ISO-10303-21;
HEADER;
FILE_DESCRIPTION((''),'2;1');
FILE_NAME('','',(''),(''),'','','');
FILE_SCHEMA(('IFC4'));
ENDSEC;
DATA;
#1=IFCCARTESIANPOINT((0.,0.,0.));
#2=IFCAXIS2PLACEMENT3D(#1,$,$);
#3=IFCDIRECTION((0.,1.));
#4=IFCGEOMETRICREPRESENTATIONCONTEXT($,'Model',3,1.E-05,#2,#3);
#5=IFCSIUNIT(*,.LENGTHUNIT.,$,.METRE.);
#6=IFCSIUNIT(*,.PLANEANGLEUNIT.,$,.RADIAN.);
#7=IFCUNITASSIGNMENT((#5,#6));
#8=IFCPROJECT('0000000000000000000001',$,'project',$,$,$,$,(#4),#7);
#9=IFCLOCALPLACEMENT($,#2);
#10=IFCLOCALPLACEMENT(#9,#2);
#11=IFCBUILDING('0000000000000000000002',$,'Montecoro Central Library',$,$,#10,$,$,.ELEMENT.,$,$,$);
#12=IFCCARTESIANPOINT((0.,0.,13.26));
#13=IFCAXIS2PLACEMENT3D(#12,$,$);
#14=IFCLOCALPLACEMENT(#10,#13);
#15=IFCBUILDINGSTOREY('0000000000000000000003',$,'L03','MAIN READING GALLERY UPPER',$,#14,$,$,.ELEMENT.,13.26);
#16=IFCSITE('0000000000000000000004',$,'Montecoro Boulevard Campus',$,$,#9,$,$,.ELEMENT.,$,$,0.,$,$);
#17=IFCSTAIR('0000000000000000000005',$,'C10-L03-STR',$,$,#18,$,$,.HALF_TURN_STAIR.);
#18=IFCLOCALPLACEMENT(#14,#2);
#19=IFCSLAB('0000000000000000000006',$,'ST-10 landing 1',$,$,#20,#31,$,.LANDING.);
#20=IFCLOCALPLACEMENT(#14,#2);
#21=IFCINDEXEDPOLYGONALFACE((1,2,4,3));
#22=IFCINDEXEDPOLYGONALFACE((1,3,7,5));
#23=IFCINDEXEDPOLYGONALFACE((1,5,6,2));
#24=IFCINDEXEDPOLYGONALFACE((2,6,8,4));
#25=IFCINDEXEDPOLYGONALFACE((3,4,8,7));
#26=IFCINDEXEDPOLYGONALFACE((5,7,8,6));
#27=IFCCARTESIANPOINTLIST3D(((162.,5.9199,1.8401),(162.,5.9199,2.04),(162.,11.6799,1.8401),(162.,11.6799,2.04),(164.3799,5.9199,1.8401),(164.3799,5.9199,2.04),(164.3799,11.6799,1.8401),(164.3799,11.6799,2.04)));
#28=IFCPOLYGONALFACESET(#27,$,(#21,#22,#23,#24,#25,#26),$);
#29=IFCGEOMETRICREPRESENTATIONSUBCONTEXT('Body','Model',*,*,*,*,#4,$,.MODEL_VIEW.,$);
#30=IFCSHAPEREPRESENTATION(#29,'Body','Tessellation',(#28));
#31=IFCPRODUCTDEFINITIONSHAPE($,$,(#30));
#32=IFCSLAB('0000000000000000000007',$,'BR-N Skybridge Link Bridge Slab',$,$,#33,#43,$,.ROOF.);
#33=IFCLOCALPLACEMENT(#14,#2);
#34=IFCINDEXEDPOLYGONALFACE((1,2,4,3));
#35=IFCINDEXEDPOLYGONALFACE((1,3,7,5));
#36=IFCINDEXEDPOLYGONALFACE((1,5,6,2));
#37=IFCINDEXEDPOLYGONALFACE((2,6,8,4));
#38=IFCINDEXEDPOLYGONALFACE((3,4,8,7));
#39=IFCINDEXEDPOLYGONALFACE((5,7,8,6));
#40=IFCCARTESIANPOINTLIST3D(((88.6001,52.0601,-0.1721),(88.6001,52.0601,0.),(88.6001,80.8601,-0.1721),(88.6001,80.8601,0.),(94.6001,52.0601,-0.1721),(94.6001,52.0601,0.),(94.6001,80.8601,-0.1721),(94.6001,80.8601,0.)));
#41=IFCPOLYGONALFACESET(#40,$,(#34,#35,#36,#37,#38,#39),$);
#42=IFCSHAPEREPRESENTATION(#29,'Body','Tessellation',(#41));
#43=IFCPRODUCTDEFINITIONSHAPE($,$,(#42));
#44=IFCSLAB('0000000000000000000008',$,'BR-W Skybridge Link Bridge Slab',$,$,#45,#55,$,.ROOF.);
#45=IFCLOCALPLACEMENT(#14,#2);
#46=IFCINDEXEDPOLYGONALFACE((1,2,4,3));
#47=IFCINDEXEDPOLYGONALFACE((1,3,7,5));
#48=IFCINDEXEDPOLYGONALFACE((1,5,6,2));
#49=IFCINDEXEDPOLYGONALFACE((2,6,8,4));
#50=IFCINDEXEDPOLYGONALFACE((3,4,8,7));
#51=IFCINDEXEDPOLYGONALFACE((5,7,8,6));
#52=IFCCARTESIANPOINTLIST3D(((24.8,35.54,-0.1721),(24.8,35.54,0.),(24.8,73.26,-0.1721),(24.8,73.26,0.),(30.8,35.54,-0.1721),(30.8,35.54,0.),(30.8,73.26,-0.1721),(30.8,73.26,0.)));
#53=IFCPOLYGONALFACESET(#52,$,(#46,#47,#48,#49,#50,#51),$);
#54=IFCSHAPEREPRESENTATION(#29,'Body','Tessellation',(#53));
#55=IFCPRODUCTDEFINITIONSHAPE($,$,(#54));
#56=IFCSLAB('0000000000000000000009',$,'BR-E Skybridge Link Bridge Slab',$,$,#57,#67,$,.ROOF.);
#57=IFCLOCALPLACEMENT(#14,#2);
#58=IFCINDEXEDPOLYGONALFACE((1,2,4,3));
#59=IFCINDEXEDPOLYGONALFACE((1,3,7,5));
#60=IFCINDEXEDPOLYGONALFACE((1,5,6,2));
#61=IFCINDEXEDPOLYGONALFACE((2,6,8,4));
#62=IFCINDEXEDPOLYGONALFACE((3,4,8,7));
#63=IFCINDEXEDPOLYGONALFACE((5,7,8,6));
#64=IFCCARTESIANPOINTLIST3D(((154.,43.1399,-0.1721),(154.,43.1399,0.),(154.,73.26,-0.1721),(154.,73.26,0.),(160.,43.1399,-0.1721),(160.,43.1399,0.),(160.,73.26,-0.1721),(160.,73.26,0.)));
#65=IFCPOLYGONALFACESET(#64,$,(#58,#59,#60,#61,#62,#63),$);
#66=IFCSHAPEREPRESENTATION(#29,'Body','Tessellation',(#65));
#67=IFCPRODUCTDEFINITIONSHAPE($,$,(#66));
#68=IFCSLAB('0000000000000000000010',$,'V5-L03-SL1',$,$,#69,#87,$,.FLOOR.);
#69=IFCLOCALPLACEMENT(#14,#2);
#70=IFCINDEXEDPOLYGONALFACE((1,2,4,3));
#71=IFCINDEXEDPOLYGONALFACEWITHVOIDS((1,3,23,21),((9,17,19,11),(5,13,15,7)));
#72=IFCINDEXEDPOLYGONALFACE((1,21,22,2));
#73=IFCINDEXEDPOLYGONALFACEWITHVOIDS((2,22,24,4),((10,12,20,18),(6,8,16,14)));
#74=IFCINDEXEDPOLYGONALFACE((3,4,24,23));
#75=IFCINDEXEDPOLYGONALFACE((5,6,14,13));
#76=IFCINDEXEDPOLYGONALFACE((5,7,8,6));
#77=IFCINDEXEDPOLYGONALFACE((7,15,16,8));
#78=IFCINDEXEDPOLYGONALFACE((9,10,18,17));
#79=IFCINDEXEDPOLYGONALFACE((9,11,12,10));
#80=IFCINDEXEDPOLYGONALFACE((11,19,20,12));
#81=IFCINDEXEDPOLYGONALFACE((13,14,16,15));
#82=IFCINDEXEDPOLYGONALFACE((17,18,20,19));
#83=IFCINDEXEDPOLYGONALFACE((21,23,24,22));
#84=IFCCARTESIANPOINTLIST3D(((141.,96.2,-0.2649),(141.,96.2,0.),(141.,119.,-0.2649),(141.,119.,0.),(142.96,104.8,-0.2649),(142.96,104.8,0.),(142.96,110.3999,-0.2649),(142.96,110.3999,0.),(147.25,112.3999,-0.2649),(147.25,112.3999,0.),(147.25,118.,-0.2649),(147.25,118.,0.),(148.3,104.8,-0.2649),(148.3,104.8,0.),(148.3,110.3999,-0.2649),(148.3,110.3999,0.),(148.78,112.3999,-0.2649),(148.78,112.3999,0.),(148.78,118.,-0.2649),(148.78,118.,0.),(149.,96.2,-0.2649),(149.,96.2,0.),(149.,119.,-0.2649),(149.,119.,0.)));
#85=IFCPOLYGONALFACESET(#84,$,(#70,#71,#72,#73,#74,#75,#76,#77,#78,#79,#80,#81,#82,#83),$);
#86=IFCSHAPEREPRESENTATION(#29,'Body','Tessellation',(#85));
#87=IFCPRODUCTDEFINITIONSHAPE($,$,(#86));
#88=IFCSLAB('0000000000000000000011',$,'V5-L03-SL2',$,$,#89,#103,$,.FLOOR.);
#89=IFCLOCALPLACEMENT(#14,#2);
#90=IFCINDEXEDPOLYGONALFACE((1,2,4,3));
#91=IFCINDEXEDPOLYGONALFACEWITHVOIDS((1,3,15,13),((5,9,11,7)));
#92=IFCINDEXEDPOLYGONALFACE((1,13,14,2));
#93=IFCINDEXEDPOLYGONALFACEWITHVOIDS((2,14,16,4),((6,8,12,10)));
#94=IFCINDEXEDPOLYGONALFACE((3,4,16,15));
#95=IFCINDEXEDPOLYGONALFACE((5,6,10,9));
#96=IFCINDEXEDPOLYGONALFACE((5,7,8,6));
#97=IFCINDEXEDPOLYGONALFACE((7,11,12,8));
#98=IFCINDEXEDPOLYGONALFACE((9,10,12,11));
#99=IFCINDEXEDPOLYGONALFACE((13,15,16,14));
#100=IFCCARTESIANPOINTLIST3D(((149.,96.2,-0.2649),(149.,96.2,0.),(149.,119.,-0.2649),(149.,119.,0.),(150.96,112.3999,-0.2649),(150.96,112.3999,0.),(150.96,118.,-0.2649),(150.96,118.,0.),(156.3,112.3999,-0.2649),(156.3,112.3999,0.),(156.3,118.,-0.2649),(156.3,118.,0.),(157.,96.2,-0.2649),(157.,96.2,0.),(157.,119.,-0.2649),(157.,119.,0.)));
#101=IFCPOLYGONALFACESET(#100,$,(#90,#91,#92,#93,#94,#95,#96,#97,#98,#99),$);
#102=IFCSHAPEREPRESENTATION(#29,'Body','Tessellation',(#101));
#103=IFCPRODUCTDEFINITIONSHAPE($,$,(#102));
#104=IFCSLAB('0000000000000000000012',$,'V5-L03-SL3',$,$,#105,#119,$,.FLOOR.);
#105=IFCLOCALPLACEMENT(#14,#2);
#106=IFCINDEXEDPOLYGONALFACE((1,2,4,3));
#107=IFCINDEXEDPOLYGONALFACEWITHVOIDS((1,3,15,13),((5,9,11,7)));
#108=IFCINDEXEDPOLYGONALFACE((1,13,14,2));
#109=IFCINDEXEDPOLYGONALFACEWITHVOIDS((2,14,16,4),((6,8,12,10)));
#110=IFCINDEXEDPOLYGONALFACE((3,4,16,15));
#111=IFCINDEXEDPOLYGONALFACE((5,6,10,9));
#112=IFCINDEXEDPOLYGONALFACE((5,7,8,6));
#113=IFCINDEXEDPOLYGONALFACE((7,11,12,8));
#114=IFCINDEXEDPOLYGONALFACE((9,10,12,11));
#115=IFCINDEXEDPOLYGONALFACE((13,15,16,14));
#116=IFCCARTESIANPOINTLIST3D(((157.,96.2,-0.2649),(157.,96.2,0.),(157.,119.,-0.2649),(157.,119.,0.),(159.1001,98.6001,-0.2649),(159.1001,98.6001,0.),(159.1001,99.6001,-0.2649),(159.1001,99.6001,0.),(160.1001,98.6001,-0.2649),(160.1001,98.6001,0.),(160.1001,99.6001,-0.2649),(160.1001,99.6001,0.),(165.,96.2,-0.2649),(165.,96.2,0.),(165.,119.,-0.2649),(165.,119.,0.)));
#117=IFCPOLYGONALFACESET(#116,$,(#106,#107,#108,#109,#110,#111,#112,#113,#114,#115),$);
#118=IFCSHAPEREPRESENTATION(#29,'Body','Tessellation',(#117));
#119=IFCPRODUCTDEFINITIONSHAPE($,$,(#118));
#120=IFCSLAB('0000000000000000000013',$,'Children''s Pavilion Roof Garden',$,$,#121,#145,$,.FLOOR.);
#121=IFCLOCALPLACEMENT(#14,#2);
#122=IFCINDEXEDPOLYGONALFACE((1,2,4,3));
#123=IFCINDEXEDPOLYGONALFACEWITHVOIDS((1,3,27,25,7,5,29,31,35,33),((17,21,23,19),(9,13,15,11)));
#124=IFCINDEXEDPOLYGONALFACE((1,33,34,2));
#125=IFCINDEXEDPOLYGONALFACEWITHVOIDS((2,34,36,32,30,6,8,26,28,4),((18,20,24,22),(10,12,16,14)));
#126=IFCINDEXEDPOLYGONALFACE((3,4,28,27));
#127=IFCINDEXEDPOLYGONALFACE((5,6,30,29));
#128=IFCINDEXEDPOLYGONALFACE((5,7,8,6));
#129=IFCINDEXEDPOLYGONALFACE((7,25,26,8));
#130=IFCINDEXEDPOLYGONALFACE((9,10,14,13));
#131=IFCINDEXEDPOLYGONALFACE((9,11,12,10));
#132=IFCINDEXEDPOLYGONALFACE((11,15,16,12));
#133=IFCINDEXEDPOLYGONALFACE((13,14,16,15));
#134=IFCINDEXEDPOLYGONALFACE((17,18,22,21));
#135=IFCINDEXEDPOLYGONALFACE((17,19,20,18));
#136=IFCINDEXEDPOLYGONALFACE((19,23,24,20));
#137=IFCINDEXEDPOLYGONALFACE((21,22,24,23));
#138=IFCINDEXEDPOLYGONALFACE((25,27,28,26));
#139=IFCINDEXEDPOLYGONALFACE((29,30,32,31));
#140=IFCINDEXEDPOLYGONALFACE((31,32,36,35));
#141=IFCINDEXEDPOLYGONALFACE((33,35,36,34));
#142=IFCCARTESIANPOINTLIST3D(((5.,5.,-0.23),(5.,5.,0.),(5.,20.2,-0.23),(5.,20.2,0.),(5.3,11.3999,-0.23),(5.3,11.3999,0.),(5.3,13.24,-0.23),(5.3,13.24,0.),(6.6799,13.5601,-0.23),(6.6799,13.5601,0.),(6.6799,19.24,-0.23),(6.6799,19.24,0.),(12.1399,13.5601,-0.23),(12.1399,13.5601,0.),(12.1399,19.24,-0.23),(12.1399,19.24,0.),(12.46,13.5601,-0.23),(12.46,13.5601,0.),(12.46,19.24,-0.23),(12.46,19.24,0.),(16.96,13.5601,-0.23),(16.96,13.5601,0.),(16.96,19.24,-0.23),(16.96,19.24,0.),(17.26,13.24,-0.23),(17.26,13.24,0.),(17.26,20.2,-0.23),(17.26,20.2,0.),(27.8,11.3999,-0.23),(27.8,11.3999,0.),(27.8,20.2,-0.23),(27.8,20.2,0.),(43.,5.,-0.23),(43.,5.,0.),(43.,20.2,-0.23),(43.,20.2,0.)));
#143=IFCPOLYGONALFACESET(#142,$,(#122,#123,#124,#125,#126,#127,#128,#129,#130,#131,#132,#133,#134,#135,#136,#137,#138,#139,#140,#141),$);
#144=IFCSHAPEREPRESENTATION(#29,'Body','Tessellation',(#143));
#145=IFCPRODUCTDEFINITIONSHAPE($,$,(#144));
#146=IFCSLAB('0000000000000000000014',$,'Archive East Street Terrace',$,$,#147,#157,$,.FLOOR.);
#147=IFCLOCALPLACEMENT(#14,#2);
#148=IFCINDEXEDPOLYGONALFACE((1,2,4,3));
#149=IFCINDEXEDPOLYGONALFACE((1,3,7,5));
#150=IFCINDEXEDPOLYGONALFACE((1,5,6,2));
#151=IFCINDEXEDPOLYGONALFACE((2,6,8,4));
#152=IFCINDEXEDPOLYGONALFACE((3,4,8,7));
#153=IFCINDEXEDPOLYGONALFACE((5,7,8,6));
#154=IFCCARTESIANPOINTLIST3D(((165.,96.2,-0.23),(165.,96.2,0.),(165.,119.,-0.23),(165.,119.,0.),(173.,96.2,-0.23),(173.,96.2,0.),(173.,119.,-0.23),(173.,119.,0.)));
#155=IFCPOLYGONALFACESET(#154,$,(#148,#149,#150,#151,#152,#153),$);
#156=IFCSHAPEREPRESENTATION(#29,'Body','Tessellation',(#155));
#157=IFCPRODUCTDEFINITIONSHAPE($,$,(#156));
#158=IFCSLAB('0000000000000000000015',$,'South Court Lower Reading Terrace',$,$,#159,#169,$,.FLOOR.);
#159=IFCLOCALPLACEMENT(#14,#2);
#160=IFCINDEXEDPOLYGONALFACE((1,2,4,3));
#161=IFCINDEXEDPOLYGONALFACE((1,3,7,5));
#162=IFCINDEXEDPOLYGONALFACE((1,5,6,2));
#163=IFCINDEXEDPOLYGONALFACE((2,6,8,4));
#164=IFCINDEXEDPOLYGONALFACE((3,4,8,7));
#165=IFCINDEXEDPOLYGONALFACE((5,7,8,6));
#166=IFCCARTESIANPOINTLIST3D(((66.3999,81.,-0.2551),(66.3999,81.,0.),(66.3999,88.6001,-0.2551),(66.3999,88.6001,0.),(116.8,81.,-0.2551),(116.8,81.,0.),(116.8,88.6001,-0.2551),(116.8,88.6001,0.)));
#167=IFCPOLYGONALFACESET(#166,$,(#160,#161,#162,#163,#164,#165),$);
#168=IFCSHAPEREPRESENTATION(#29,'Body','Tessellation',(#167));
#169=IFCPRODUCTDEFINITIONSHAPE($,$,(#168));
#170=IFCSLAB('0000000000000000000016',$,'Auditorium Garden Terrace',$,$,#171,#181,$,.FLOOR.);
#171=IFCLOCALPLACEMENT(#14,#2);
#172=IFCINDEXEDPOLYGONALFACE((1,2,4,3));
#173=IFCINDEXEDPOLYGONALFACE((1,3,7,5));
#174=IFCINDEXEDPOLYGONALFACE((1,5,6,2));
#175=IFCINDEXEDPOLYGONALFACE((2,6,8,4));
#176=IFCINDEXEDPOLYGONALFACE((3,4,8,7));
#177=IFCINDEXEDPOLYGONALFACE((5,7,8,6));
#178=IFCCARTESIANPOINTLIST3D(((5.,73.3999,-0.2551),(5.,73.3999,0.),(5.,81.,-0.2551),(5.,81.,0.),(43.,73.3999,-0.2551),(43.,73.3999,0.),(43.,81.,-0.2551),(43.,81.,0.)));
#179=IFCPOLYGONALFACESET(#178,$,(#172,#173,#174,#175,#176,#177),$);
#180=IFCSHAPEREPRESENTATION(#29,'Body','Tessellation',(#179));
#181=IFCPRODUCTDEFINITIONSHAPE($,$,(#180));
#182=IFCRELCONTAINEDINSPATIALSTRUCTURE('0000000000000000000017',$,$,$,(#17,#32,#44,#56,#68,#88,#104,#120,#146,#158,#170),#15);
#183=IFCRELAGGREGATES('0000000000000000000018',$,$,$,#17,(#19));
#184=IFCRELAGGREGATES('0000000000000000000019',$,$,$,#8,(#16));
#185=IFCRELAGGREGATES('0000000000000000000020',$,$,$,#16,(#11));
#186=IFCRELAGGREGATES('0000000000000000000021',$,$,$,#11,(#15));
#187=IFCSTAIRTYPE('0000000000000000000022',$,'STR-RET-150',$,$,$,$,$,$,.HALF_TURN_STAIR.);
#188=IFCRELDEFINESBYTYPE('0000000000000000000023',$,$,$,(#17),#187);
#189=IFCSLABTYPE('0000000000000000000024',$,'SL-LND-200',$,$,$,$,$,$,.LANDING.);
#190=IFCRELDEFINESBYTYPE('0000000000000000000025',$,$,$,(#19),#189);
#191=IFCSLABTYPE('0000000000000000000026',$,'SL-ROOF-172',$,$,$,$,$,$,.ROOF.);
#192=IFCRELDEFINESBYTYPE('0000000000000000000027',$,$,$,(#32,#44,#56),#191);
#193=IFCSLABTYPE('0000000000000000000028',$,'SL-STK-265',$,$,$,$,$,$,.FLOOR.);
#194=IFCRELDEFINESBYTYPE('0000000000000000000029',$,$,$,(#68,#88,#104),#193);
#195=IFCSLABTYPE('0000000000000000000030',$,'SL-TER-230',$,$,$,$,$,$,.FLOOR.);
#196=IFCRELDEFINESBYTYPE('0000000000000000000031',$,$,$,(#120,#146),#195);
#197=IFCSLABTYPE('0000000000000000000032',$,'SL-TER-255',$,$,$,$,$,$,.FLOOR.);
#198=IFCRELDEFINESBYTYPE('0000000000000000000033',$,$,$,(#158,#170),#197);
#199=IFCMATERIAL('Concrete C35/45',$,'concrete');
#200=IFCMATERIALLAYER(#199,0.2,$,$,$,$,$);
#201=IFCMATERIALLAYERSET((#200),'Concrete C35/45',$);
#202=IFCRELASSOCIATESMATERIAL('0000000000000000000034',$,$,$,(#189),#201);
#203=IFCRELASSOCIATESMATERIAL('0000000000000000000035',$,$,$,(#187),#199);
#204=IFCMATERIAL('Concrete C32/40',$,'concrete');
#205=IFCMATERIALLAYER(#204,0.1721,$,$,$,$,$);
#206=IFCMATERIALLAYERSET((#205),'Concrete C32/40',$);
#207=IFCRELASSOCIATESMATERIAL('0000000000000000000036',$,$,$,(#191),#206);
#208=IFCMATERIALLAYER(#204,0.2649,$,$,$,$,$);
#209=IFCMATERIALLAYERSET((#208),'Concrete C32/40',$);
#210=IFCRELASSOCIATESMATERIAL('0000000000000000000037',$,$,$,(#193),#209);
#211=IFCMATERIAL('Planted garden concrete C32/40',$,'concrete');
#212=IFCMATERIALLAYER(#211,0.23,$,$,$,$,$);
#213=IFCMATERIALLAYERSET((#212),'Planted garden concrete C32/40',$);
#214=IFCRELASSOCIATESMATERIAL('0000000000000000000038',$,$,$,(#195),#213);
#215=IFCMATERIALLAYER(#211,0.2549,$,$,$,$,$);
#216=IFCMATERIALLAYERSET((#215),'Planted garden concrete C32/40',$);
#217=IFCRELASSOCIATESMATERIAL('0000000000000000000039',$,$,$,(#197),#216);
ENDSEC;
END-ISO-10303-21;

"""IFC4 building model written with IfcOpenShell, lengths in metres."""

from ifc_helpers import new_model, si_unit, direction, frame, origin, place, context, subcontext, project, spatial, polyline, outline, extrude, material, layer, layer_set, type_object, element, aggregate, save


model = new_model("IFC4")

# Units and contexts
model_context = context("Model", 3, precision=1e-05, world=origin(), true_north=direction((0.0, 1.0)))
body_context = subcontext(model_context, "Body", "Model", "MODEL_VIEW")
ifc_project = project(units=[si_unit("LENGTHUNIT", "METRE"), si_unit("PLANEANGLEUNIT", "RADIAN")], contexts=[model_context])

# Site, building, storey
site_placement = place(None, origin())
site = spatial("IfcSite", under=ifc_project, at=site_placement, Name="Montecoro Boulevard Campus", CompositionType="ELEMENT", RefElevation=0.0)
building_placement = place(site_placement, origin())
building = spatial("IfcBuilding", under=site, at=building_placement, Name="Montecoro Central Library", CompositionType="ELEMENT")
storey_placement = place(building_placement, frame((0.0, 0.0, 13.26)))
storey = spatial("IfcBuildingStorey", under=building, at=storey_placement, Name="L03", Description="MAIN READING GALLERY UPPER", CompositionType="ELEMENT", Elevation=13.26)

# Shared definitions
ifc_material_1 = material(Name="Concrete C32/40", Category="concrete")

# Stair, slab
ifc_material_2 = material(Name="Concrete C35/45", Category="concrete")
ifc_layer_1 = layer(ifc_material_2, 0.2)
ifc_layer_set_1 = layer_set([ifc_layer_1], Name="Concrete C35/45")
slab_type_1 = type_object("IfcSlabType", Name="SL-LND-200", PredefinedType="LANDING", material=ifc_layer_set_1)
stair_type_1 = type_object("IfcStairType", Name="STR-RET-150", PredefinedType="HALF_TURN_STAIR", material=ifc_material_2)
stair_1_placement = place(storey_placement, origin())
stair_1 = element("IfcStair", 1, at=stair_1_placement, inside=storey, type_object=stair_type_1, Name="C10-L03-STR", PredefinedType="HALF_TURN_STAIR")
slab_1_placement = place(storey_placement, frame((0.0, 0.0, 1.8401)))
slab_1 = element("IfcSlab", 2, at=slab_1_placement, type_object=slab_type_1, Name="ST-10 landing 1", PredefinedType="LANDING", context=body_context, shape_type="SweptSolid", body=[
    extrude(outline(polyline([(162.0, 5.9199), (164.3799, 5.9199), (164.3799, 11.6799), (162.0, 11.6799), (162.0, 5.9199)])), origin(), (0.0, 0.0, 1.0), 0.2),
])
aggregate(stair_1, [slab_1])

# Slabs
ifc_layer_2 = layer(ifc_material_1, 0.1721)
ifc_layer_set_2 = layer_set([ifc_layer_2], Name="Concrete C32/40")
slab_type_2 = type_object("IfcSlabType", Name="SL-ROOF-172", PredefinedType="ROOF", material=ifc_layer_set_2)
slab_2_placement = place(storey_placement, frame((0.0, 0.0, -0.1721)))
element("IfcSlab", 3, at=slab_2_placement, inside=storey, type_object=slab_type_2, Name="BR-N Skybridge Link Bridge Slab", PredefinedType="ROOF", context=body_context, shape_type="SweptSolid", body=[
    extrude(outline(polyline([(88.6001, 52.0601), (94.6001, 52.0601), (94.6001, 80.8601), (88.6001, 80.8601), (88.6001, 52.0601)])), origin(), (0.0, 0.0, 1.0), 0.1721),
])
slab_3_placement = place(storey_placement, frame((0.0, 0.0, -0.1721)))
element("IfcSlab", 4, at=slab_3_placement, inside=storey, type_object=slab_type_2, Name="BR-W Skybridge Link Bridge Slab", PredefinedType="ROOF", context=body_context, shape_type="SweptSolid", body=[
    extrude(outline(polyline([(24.8, 35.54), (30.8, 35.54), (30.8, 73.26), (24.8, 73.26), (24.8, 35.54)])), origin(), (0.0, 0.0, 1.0), 0.1721),
])
slab_4_placement = place(storey_placement, frame((0.0, 0.0, -0.1721)))
element("IfcSlab", 5, at=slab_4_placement, inside=storey, type_object=slab_type_2, Name="BR-E Skybridge Link Bridge Slab", PredefinedType="ROOF", context=body_context, shape_type="SweptSolid", body=[
    extrude(outline(polyline([(154.0, 43.1399), (160.0, 43.1399), (160.0, 73.26), (154.0, 73.26), (154.0, 43.1399)])), origin(), (0.0, 0.0, 1.0), 0.1721),
])
ifc_layer_3 = layer(ifc_material_1, 0.2649)
ifc_layer_set_3 = layer_set([ifc_layer_3], Name="Concrete C32/40")
slab_type_3 = type_object("IfcSlabType", Name="SL-STK-265", PredefinedType="FLOOR", material=ifc_layer_set_3)
slab_5_placement = place(storey_placement, frame((0.0, 0.0, -0.2649)))
element("IfcSlab", 6, at=slab_5_placement, inside=storey, type_object=slab_type_3, Name="V5-L03-SL1", PredefinedType="FLOOR", context=body_context, shape_type="SweptSolid", body=[
    extrude(outline(polyline([(141.0, 96.2), (149.0, 96.2), (149.0, 119.0), (141.0, 119.0), (141.0, 96.2)]), holes=[polyline([(147.25, 118.0), (148.78, 118.0), (148.78, 112.3999), (147.25, 112.3999), (147.25, 118.0)]), polyline([(142.96, 110.3999), (148.3, 110.3999), (148.3, 104.8), (142.96, 104.8), (142.96, 110.3999)])]), origin(), (0.0, 0.0, 1.0), 0.2649),
])
slab_6_placement = place(storey_placement, frame((0.0, 0.0, -0.2649)))
element("IfcSlab", 7, at=slab_6_placement, inside=storey, type_object=slab_type_3, Name="V5-L03-SL2", PredefinedType="FLOOR", context=body_context, shape_type="SweptSolid", body=[
    extrude(outline(polyline([(149.0, 96.2), (157.0, 96.2), (157.0, 119.0), (149.0, 119.0), (149.0, 96.2)]), holes=[polyline([(150.96, 118.0), (156.3, 118.0), (156.3, 112.3999), (150.96, 112.3999), (150.96, 118.0)])]), origin(), (0.0, 0.0, 1.0), 0.2649),
])
slab_7_placement = place(storey_placement, frame((0.0, 0.0, -0.2649)))
element("IfcSlab", 8, at=slab_7_placement, inside=storey, type_object=slab_type_3, Name="V5-L03-SL3", PredefinedType="FLOOR", context=body_context, shape_type="SweptSolid", body=[
    extrude(outline(polyline([(157.0, 96.2), (165.0, 96.2), (165.0, 119.0), (157.0, 119.0), (157.0, 96.2)]), holes=[polyline([(159.1001, 99.6001), (160.1001, 99.6001), (160.1001, 98.6001), (159.1001, 98.6001), (159.1001, 99.6001)])]), origin(), (0.0, 0.0, 1.0), 0.2649),
])
ifc_material_3 = material(Name="Planted garden concrete C32/40", Category="concrete")
ifc_layer_4 = layer(ifc_material_3, 0.23)
ifc_layer_set_4 = layer_set([ifc_layer_4], Name="Planted garden concrete C32/40")
slab_type_4 = type_object("IfcSlabType", Name="SL-TER-230", PredefinedType="FLOOR", material=ifc_layer_set_4)
slab_8_placement = place(storey_placement, frame((0.0, 0.0, -0.23)))
element("IfcSlab", 9, at=slab_8_placement, inside=storey, type_object=slab_type_4, Name="Children's Pavilion Roof Garden", PredefinedType="FLOOR", context=body_context, shape_type="SweptSolid", body=[
    extrude(outline(polyline([(5.0, 5.0), (43.0, 5.0), (43.0, 20.2), (27.8, 20.2), (27.8, 11.3999), (5.3, 11.3999), (5.3, 13.24), (17.26, 13.24), (17.26, 20.2), (5.0, 20.2), (5.0, 5.0)]), holes=[polyline([(6.6799, 13.5601), (6.6799, 19.24), (12.1399, 19.24), (12.1399, 13.5601), (6.6799, 13.5601)]), polyline([(12.46, 13.5601), (12.46, 19.24), (16.96, 19.24), (16.96, 13.5601), (12.46, 13.5601)])]), origin(), (0.0, 0.0, 1.0), 0.23),
])
slab_9_placement = place(storey_placement, frame((0.0, 0.0, -0.23)))
element("IfcSlab", 10, at=slab_9_placement, inside=storey, type_object=slab_type_4, Name="Archive East Street Terrace", PredefinedType="FLOOR", context=body_context, shape_type="SweptSolid", body=[
    extrude(outline(polyline([(165.0, 96.2), (173.0, 96.2), (173.0, 119.0), (165.0, 119.0), (165.0, 96.2)])), origin(), (0.0, 0.0, 1.0), 0.23),
])
ifc_layer_5 = layer(ifc_material_3, 0.2549)
ifc_layer_set_5 = layer_set([ifc_layer_5], Name="Planted garden concrete C32/40")
slab_type_5 = type_object("IfcSlabType", Name="SL-TER-255", PredefinedType="FLOOR", material=ifc_layer_set_5)
slab_10_placement = place(storey_placement, frame((0.0, 0.0, -0.2551)))
element("IfcSlab", 11, at=slab_10_placement, inside=storey, type_object=slab_type_5, Name="South Court Lower Reading Terrace", PredefinedType="FLOOR", context=body_context, shape_type="SweptSolid", body=[
    extrude(outline(polyline([(66.3999, 81.0), (116.8, 81.0), (116.8, 88.6001), (66.3999, 88.6001), (66.3999, 81.0)])), origin(), (0.0, 0.0, 1.0), 0.2551),
])
slab_11_placement = place(storey_placement, frame((0.0, 0.0, -0.2551)))
element("IfcSlab", 12, at=slab_11_placement, inside=storey, type_object=slab_type_5, Name="Auditorium Garden Terrace", PredefinedType="FLOOR", context=body_context, shape_type="SweptSolid", body=[
    extrude(outline(polyline([(5.0, 73.3999), (43.0, 73.3999), (43.0, 81.0), (5.0, 81.0), (5.0, 73.3999)])), origin(), (0.0, 0.0, 1.0), 0.2551),
])

save(model, "model.ifc")
